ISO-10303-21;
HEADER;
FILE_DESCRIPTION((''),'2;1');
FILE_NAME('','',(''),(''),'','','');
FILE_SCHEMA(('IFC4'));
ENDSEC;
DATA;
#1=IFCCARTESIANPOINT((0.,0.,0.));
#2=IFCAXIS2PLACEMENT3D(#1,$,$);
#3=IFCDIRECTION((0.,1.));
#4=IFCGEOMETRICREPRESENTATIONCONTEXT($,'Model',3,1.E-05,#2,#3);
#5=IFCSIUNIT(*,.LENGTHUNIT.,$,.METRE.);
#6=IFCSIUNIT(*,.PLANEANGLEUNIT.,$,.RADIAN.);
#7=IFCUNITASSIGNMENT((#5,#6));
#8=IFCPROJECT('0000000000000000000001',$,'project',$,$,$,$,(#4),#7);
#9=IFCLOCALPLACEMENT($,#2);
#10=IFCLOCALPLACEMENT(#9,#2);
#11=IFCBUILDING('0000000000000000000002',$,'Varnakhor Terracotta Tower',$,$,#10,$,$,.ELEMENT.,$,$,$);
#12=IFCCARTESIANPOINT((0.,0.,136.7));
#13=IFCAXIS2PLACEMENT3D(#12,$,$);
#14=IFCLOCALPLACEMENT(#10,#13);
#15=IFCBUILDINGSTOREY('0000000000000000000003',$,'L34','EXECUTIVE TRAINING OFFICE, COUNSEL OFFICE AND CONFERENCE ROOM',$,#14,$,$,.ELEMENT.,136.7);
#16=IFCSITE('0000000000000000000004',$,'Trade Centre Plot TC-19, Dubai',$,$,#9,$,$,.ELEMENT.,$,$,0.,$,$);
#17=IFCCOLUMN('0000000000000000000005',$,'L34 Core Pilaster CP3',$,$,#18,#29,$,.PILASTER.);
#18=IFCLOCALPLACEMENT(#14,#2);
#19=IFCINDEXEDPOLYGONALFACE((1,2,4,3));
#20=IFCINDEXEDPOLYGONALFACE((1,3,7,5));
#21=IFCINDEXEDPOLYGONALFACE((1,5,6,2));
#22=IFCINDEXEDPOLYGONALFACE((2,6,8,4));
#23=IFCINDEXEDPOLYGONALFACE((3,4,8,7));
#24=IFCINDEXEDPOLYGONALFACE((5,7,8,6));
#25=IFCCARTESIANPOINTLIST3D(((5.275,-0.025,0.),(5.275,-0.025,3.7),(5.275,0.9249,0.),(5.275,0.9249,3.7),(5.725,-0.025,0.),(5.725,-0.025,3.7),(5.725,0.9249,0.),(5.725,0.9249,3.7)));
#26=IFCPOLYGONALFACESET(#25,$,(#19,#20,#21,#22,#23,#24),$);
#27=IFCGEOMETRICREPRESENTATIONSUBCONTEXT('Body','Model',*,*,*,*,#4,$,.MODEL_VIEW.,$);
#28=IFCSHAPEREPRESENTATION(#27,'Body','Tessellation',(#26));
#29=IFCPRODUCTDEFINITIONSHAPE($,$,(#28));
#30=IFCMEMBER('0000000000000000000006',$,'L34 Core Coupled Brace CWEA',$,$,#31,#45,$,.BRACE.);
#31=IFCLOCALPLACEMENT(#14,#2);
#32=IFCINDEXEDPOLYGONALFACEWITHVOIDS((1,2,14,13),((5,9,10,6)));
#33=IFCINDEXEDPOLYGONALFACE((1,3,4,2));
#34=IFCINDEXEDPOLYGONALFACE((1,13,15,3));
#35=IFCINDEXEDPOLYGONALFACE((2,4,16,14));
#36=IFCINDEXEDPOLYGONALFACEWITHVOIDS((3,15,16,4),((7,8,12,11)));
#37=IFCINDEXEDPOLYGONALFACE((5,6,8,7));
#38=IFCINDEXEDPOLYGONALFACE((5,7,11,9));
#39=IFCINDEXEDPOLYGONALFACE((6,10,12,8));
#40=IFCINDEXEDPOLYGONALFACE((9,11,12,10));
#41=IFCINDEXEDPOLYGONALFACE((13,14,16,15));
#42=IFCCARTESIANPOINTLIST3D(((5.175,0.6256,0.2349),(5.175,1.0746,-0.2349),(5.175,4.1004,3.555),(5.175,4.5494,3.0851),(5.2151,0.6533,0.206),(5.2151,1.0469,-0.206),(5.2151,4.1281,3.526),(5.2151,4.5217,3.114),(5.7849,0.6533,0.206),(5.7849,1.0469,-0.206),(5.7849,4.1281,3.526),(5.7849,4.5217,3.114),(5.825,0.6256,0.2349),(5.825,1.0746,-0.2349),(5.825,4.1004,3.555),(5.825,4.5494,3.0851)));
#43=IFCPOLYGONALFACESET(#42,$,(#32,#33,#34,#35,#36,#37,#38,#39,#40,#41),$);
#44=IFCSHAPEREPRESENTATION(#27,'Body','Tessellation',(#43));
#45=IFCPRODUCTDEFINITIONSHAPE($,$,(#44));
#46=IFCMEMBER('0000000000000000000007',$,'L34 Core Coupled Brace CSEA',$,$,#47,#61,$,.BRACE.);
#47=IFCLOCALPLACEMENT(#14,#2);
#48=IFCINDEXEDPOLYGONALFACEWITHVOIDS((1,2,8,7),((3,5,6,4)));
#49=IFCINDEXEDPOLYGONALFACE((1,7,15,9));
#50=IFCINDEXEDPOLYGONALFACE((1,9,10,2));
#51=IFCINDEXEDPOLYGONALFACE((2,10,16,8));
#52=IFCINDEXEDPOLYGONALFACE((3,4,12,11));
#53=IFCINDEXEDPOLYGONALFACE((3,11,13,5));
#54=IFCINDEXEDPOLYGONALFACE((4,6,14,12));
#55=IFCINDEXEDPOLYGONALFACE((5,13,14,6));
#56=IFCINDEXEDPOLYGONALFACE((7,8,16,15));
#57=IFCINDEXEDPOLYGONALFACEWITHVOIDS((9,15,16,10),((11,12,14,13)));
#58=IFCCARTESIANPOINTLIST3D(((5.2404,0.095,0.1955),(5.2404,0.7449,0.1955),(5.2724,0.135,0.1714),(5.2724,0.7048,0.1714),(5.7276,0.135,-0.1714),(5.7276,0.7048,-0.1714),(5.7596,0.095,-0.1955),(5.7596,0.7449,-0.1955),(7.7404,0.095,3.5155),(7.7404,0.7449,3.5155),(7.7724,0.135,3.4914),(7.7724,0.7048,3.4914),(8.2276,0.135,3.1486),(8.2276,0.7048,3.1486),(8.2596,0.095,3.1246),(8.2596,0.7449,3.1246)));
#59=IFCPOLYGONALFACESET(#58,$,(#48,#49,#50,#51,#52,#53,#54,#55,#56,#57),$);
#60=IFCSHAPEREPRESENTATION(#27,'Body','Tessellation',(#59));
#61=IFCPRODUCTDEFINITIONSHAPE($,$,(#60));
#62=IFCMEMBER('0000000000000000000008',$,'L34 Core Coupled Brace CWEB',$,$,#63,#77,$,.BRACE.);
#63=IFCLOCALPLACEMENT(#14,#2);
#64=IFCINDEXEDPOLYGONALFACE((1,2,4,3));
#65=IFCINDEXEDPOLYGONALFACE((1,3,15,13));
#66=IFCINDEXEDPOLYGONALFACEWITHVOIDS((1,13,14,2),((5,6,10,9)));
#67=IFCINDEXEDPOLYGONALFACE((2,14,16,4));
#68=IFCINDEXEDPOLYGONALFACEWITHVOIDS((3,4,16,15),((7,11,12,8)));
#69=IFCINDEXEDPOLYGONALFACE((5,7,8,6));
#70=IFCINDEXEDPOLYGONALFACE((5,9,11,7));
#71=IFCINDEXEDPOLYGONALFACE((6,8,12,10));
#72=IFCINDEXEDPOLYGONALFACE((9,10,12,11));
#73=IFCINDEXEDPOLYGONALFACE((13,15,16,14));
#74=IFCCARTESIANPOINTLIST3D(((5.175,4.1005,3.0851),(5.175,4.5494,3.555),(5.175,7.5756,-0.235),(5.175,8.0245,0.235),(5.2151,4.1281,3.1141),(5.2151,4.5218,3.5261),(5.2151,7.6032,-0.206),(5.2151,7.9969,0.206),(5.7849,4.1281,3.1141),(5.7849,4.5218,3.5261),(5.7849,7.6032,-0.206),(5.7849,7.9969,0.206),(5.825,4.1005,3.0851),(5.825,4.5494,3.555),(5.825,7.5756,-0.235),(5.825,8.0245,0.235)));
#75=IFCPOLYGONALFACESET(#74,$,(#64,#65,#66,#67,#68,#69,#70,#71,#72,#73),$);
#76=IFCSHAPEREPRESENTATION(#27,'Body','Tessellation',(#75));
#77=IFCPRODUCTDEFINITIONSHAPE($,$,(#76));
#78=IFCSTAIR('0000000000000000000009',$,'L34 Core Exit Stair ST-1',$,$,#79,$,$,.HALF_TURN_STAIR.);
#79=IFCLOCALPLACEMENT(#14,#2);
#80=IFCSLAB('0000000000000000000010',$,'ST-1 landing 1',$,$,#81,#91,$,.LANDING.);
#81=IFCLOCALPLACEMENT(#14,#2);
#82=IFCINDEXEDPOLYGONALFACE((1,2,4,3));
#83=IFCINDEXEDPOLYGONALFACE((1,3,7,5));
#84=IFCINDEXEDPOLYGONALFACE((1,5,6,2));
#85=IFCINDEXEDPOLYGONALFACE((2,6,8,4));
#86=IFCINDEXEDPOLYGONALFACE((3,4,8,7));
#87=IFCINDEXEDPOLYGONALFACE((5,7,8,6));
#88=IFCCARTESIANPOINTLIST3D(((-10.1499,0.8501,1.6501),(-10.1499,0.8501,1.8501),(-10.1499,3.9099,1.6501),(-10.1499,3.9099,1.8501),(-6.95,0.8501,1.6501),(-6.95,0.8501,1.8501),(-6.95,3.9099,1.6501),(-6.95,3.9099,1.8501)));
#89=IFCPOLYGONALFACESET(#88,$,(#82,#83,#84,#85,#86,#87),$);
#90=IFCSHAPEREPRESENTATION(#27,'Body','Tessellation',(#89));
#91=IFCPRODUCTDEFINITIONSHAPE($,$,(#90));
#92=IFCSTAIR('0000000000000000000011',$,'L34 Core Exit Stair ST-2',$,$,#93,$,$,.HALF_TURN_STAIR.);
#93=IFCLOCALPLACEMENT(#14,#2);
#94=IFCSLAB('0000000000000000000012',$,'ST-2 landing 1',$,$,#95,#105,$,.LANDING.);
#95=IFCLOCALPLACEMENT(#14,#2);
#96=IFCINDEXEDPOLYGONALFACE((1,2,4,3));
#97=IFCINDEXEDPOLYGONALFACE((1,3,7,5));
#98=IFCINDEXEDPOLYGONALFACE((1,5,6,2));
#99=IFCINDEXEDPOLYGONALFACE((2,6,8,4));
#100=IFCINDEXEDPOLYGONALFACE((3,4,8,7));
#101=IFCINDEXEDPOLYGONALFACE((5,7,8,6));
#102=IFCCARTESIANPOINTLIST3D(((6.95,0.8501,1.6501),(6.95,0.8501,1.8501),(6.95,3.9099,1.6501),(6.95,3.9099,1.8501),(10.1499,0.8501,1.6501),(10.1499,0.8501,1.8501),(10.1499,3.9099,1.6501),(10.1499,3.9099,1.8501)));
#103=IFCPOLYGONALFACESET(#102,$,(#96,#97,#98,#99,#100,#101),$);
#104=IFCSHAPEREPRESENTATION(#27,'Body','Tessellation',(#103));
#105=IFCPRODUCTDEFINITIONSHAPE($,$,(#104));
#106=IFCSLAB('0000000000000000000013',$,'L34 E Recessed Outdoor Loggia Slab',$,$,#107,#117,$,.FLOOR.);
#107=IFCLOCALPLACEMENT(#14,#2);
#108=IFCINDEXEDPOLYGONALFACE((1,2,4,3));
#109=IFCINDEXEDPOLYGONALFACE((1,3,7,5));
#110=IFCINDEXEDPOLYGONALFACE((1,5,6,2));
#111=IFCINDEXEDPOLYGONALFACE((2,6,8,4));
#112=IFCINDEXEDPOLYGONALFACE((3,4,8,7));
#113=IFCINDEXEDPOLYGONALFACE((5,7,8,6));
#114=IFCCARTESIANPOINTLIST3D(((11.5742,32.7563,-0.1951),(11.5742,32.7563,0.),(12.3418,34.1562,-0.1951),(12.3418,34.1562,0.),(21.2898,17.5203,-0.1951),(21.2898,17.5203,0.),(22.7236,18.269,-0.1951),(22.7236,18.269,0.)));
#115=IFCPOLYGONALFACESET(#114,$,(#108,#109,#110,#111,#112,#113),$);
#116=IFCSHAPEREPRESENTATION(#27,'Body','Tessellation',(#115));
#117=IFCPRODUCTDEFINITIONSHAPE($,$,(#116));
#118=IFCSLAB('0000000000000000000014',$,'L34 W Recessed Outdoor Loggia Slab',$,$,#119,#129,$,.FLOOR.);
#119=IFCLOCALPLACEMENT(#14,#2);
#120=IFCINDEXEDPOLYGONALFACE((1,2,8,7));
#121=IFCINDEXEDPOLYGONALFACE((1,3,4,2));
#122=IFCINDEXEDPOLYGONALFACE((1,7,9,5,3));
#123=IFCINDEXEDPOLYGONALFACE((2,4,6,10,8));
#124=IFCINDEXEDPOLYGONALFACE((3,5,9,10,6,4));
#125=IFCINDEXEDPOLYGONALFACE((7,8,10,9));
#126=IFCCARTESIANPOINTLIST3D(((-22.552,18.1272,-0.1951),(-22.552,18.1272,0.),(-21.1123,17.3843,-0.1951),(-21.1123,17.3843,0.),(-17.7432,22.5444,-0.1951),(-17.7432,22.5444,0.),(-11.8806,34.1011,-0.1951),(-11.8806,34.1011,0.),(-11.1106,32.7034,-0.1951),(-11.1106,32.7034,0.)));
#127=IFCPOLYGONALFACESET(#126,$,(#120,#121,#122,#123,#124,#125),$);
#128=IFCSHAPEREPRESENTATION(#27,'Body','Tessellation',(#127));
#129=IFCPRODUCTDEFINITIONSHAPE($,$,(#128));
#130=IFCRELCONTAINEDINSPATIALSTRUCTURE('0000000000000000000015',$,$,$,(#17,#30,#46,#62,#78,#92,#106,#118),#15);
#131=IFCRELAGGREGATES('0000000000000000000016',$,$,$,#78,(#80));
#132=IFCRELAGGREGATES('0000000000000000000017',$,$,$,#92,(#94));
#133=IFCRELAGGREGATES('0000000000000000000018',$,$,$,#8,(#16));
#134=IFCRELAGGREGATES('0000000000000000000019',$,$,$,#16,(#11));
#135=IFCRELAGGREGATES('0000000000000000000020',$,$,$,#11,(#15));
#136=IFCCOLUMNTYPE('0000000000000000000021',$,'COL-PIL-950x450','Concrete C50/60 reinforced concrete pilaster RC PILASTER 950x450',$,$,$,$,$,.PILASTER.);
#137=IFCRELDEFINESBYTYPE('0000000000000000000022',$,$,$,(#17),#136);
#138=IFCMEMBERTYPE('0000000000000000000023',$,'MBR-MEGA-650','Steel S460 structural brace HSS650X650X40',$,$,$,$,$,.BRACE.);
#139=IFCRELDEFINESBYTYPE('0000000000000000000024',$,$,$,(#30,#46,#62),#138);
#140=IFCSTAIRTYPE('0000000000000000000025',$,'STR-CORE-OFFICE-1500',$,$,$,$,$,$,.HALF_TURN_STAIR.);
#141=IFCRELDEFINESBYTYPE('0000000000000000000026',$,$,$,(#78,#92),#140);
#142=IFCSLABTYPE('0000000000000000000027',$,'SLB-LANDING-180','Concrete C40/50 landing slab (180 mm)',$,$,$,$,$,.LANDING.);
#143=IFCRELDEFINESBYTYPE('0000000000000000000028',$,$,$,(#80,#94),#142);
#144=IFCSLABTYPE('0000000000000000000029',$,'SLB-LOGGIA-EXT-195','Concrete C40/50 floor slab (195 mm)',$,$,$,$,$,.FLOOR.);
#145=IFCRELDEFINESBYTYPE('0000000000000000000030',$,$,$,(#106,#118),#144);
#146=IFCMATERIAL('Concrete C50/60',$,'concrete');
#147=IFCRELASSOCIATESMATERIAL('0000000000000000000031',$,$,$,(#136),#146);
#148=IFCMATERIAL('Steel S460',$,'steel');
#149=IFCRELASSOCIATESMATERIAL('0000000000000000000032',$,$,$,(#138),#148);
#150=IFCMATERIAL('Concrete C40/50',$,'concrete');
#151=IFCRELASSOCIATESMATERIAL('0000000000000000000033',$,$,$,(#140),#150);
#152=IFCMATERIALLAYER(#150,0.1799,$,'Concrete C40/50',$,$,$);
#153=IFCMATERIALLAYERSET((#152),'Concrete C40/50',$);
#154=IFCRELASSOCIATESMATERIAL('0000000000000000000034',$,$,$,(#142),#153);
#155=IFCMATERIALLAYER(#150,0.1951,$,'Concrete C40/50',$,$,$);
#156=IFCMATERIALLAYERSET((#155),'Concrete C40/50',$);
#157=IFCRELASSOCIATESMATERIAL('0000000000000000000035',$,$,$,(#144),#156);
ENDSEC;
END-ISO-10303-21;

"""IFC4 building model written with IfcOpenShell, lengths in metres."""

from ifc_helpers import new_model, si_unit, direction, frame, origin, origin_2d, place, context, subcontext, project, spatial, polyline, rectangle, hollow_rectangle, outline, extrude, source, transform, mapped, material, layer, layer_set, material_profile, profile_set, type_object, element, aggregate, save


model = new_model("IFC4")

# Units and contexts
model_context = context("Model", 3, precision=1e-05, world=origin(), true_north=direction((0.0, 1.0)))
body_context = subcontext(model_context, "Body", "Model", "MODEL_VIEW")
ifc_project = project(units=[si_unit("LENGTHUNIT", "METRE"), si_unit("PLANEANGLEUNIT", "RADIAN")], contexts=[model_context])

# Site, building, storey
site_placement = place(None, origin())
site = spatial("IfcSite", under=ifc_project, at=site_placement, Name="Trade Centre Plot TC-19, Dubai", CompositionType="ELEMENT", RefElevation=0.0)
building_placement = place(site_placement, origin())
building = spatial("IfcBuilding", under=site, at=building_placement, Name="Varnakhor Terracotta Tower", CompositionType="ELEMENT")
storey_placement = place(building_placement, frame((0.0, 0.0, 136.7)))
storey = spatial("IfcBuildingStorey", under=building, at=storey_placement, Name="L34", Description="EXECUTIVE TRAINING OFFICE, COUNSEL OFFICE AND CONFERENCE ROOM", CompositionType="ELEMENT", Elevation=136.7)

# Column
ifc_material_1 = material(Name="Concrete C50/60", Category="concrete")
ifc_material_profile_1 = material_profile(ifc_material_1, rectangle(XDim=0.45, YDim=0.95, at=origin_2d()), Name="RC PILASTER 950x450")
ifc_profile_set_1 = profile_set([ifc_material_profile_1], Name="Concrete C50/60")
column_type = type_object("IfcColumnType", Name="COL-PIL-950x450", Description="Concrete C50/60 reinforced concrete pilaster RC PILASTER 950x450", PredefinedType="PILASTER", material=ifc_profile_set_1)
shared_shape_1 = source(origin(), body_context, "Body", "SweptSolid", [
    extrude(rectangle(XDim=0.45, YDim=0.95, at=origin_2d()), origin(), (0.0, 0.0, 1.0), 3.7),
])
column_placement = place(storey_placement, frame((5.5, 0.45, 0.0), z_axis=(0.0, 0.0, 1.0), x_axis=(1.0, 0.0, 0.0)))
element("IfcColumn", 1, at=column_placement, inside=storey, type_object=column_type, Name="L34 Core Pilaster CP3", PredefinedType="PILASTER", context=body_context, shape_type="MappedRepresentation", body=[
    mapped(shared_shape_1, transform((0.0, 0.0, 0.0), scale=1.0)),
])

# Members
ifc_material_2 = material(Name="Steel S460", Category="steel")
ifc_material_profile_2 = material_profile(ifc_material_2, hollow_rectangle(XDim=0.6499, YDim=0.6499, WallThickness=0.04, at=origin_2d()), Name="HSS650X650X40")
ifc_profile_set_2 = profile_set([ifc_material_profile_2], Name="Steel S460")
member_type = type_object("IfcMemberType", Name="MBR-MEGA-650", Description="Steel S460 structural brace HSS650X650X40", PredefinedType="BRACE", material=ifc_profile_set_2)
shared_shape_2 = source(origin(), body_context, "Body", "SweptSolid", [
    extrude(hollow_rectangle(XDim=0.6499, YDim=0.6499, WallThickness=0.04, at=origin_2d()), origin(), (0.0, 0.0, 1.0), 4.8059),
])
member_1_placement = place(storey_placement, frame((5.5, 0.8501, 0.0), z_axis=(0.0, 0.723027, 0.69082), x_axis=(-1.0, 0.0, 0.0)))
element("IfcMember", 2, at=member_1_placement, inside=storey, type_object=member_type, Name="L34 Core Coupled Brace CWEA", PredefinedType="BRACE", context=body_context, shape_type="MappedRepresentation", body=[
    mapped(shared_shape_2, transform((0.0, 0.0, 0.0), scale=1.0)),
])
shared_shape_3 = source(origin(), body_context, "Body", "SweptSolid", [
    extrude(hollow_rectangle(XDim=0.6499, YDim=0.6499, WallThickness=0.04, at=origin_2d()), origin(), (0.0, 0.0, 1.0), 4.156),
])
member_2_placement = place(storey_placement, frame((5.5, 0.4199, 0.0), z_axis=(0.601531, 0.0, 0.79885), x_axis=(0.0, 1.0, 0.0)))
element("IfcMember", 3, at=member_2_placement, inside=storey, type_object=member_type, Name="L34 Core Coupled Brace CSEA", PredefinedType="BRACE", context=body_context, shape_type="MappedRepresentation", body=[
    mapped(shared_shape_3, transform((0.0, 0.0, 0.0), scale=1.0)),
])
shared_shape_4 = source(origin(), body_context, "Body", "SweptSolid", [
    extrude(hollow_rectangle(XDim=0.6499, YDim=0.6499, WallThickness=0.04, at=origin_2d()), origin(), (0.0, 0.0, 1.0), 4.8062),
])
member_3_placement = place(storey_placement, frame((5.5, 7.8, 0.0), z_axis=(0.0, -0.723051, 0.690795), x_axis=(1.0, 0.0, 0.0)))
element("IfcMember", 4, at=member_3_placement, inside=storey, type_object=member_type, Name="L34 Core Coupled Brace CWEB", PredefinedType="BRACE", context=body_context, shape_type="MappedRepresentation", body=[
    mapped(shared_shape_4, transform((0.0, 0.0, 0.0), scale=1.0)),
])

# Stairs, slabs
ifc_material_3 = material(Name="Concrete C40/50", Category="concrete")
stair_type = type_object("IfcStairType", Name="STR-CORE-OFFICE-1500", PredefinedType="HALF_TURN_STAIR", material=ifc_material_3)
stair_1_placement = place(storey_placement, origin())
stair_1 = element("IfcStair", 5, at=stair_1_placement, inside=storey, type_object=stair_type, Name="L34 Core Exit Stair ST-1", PredefinedType="HALF_TURN_STAIR")
ifc_layer_1 = layer(ifc_material_3, 0.1799, Name="Concrete C40/50")
ifc_layer_set_1 = layer_set([ifc_layer_1], Name="Concrete C40/50")
slab_type_1 = type_object("IfcSlabType", Name="SLB-LANDING-180", Description="Concrete C40/50 landing slab (180 mm)", PredefinedType="LANDING", material=ifc_layer_set_1)
slab_1_placement = place(storey_placement, frame((0.0, 0.0, 1.6501)))
slab_1 = element("IfcSlab", 6, at=slab_1_placement, type_object=slab_type_1, Name="ST-1 landing 1", PredefinedType="LANDING", context=body_context, shape_type="SweptSolid", body=[
    extrude(outline(polyline([(-10.1499, 3.9099), (-10.1499, 0.8501), (-6.95, 0.8501), (-6.95, 3.9099), (-10.1499, 3.9099)])), origin(), (0.0, 0.0, 1.0), 0.2),
])
aggregate(stair_1, [slab_1])
stair_2_placement = place(storey_placement, origin())
stair_2 = element("IfcStair", 7, at=stair_2_placement, inside=storey, type_object=stair_type, Name="L34 Core Exit Stair ST-2", PredefinedType="HALF_TURN_STAIR")
slab_2_placement = place(storey_placement, frame((0.0, 0.0, 1.6501)))
slab_2 = element("IfcSlab", 8, at=slab_2_placement, type_object=slab_type_1, Name="ST-2 landing 1", PredefinedType="LANDING", context=body_context, shape_type="SweptSolid", body=[
    extrude(outline(polyline([(6.95, 3.9099), (6.95, 0.8501), (10.1499, 0.8501), (10.1499, 3.9099), (6.95, 3.9099)])), origin(), (0.0, 0.0, 1.0), 0.2),
])

# Slabs
ifc_layer_2 = layer(ifc_material_3, 0.1951, Name="Concrete C40/50")
ifc_layer_set_2 = layer_set([ifc_layer_2], Name="Concrete C40/50")
slab_type_2 = type_object("IfcSlabType", Name="SLB-LOGGIA-EXT-195", Description="Concrete C40/50 floor slab (195 mm)", PredefinedType="FLOOR", material=ifc_layer_set_2)
slab_3_placement = place(storey_placement, frame((0.0, 0.0, -0.1951)))
element("IfcSlab", 9, at=slab_3_placement, inside=storey, type_object=slab_type_2, Name="L34 E Recessed Outdoor Loggia Slab", PredefinedType="FLOOR", context=body_context, shape_type="SweptSolid", body=[
    extrude(outline(polyline([(12.3418, 34.1562), (22.7236, 18.269), (21.2898, 17.5203), (11.5742, 32.7563), (12.3418, 34.1562)])), origin(), (0.0, 0.0, 1.0), 0.1951),
])
slab_4_placement = place(storey_placement, frame((0.0, 0.0, -0.1951)))
element("IfcSlab", 10, at=slab_4_placement, inside=storey, type_object=slab_type_2, Name="L34 W Recessed Outdoor Loggia Slab", PredefinedType="FLOOR", context=body_context, shape_type="SweptSolid", body=[
    extrude(outline(polyline([(-22.552, 18.1272), (-11.8806, 34.1011), (-11.1106, 32.7034), (-17.7432, 22.5444), (-21.1123, 17.3843), (-22.552, 18.1272)])), origin(), (0.0, 0.0, 1.0), 0.1951),
])

aggregate(stair_2, [slab_2])

save(model, "model.ifc")
